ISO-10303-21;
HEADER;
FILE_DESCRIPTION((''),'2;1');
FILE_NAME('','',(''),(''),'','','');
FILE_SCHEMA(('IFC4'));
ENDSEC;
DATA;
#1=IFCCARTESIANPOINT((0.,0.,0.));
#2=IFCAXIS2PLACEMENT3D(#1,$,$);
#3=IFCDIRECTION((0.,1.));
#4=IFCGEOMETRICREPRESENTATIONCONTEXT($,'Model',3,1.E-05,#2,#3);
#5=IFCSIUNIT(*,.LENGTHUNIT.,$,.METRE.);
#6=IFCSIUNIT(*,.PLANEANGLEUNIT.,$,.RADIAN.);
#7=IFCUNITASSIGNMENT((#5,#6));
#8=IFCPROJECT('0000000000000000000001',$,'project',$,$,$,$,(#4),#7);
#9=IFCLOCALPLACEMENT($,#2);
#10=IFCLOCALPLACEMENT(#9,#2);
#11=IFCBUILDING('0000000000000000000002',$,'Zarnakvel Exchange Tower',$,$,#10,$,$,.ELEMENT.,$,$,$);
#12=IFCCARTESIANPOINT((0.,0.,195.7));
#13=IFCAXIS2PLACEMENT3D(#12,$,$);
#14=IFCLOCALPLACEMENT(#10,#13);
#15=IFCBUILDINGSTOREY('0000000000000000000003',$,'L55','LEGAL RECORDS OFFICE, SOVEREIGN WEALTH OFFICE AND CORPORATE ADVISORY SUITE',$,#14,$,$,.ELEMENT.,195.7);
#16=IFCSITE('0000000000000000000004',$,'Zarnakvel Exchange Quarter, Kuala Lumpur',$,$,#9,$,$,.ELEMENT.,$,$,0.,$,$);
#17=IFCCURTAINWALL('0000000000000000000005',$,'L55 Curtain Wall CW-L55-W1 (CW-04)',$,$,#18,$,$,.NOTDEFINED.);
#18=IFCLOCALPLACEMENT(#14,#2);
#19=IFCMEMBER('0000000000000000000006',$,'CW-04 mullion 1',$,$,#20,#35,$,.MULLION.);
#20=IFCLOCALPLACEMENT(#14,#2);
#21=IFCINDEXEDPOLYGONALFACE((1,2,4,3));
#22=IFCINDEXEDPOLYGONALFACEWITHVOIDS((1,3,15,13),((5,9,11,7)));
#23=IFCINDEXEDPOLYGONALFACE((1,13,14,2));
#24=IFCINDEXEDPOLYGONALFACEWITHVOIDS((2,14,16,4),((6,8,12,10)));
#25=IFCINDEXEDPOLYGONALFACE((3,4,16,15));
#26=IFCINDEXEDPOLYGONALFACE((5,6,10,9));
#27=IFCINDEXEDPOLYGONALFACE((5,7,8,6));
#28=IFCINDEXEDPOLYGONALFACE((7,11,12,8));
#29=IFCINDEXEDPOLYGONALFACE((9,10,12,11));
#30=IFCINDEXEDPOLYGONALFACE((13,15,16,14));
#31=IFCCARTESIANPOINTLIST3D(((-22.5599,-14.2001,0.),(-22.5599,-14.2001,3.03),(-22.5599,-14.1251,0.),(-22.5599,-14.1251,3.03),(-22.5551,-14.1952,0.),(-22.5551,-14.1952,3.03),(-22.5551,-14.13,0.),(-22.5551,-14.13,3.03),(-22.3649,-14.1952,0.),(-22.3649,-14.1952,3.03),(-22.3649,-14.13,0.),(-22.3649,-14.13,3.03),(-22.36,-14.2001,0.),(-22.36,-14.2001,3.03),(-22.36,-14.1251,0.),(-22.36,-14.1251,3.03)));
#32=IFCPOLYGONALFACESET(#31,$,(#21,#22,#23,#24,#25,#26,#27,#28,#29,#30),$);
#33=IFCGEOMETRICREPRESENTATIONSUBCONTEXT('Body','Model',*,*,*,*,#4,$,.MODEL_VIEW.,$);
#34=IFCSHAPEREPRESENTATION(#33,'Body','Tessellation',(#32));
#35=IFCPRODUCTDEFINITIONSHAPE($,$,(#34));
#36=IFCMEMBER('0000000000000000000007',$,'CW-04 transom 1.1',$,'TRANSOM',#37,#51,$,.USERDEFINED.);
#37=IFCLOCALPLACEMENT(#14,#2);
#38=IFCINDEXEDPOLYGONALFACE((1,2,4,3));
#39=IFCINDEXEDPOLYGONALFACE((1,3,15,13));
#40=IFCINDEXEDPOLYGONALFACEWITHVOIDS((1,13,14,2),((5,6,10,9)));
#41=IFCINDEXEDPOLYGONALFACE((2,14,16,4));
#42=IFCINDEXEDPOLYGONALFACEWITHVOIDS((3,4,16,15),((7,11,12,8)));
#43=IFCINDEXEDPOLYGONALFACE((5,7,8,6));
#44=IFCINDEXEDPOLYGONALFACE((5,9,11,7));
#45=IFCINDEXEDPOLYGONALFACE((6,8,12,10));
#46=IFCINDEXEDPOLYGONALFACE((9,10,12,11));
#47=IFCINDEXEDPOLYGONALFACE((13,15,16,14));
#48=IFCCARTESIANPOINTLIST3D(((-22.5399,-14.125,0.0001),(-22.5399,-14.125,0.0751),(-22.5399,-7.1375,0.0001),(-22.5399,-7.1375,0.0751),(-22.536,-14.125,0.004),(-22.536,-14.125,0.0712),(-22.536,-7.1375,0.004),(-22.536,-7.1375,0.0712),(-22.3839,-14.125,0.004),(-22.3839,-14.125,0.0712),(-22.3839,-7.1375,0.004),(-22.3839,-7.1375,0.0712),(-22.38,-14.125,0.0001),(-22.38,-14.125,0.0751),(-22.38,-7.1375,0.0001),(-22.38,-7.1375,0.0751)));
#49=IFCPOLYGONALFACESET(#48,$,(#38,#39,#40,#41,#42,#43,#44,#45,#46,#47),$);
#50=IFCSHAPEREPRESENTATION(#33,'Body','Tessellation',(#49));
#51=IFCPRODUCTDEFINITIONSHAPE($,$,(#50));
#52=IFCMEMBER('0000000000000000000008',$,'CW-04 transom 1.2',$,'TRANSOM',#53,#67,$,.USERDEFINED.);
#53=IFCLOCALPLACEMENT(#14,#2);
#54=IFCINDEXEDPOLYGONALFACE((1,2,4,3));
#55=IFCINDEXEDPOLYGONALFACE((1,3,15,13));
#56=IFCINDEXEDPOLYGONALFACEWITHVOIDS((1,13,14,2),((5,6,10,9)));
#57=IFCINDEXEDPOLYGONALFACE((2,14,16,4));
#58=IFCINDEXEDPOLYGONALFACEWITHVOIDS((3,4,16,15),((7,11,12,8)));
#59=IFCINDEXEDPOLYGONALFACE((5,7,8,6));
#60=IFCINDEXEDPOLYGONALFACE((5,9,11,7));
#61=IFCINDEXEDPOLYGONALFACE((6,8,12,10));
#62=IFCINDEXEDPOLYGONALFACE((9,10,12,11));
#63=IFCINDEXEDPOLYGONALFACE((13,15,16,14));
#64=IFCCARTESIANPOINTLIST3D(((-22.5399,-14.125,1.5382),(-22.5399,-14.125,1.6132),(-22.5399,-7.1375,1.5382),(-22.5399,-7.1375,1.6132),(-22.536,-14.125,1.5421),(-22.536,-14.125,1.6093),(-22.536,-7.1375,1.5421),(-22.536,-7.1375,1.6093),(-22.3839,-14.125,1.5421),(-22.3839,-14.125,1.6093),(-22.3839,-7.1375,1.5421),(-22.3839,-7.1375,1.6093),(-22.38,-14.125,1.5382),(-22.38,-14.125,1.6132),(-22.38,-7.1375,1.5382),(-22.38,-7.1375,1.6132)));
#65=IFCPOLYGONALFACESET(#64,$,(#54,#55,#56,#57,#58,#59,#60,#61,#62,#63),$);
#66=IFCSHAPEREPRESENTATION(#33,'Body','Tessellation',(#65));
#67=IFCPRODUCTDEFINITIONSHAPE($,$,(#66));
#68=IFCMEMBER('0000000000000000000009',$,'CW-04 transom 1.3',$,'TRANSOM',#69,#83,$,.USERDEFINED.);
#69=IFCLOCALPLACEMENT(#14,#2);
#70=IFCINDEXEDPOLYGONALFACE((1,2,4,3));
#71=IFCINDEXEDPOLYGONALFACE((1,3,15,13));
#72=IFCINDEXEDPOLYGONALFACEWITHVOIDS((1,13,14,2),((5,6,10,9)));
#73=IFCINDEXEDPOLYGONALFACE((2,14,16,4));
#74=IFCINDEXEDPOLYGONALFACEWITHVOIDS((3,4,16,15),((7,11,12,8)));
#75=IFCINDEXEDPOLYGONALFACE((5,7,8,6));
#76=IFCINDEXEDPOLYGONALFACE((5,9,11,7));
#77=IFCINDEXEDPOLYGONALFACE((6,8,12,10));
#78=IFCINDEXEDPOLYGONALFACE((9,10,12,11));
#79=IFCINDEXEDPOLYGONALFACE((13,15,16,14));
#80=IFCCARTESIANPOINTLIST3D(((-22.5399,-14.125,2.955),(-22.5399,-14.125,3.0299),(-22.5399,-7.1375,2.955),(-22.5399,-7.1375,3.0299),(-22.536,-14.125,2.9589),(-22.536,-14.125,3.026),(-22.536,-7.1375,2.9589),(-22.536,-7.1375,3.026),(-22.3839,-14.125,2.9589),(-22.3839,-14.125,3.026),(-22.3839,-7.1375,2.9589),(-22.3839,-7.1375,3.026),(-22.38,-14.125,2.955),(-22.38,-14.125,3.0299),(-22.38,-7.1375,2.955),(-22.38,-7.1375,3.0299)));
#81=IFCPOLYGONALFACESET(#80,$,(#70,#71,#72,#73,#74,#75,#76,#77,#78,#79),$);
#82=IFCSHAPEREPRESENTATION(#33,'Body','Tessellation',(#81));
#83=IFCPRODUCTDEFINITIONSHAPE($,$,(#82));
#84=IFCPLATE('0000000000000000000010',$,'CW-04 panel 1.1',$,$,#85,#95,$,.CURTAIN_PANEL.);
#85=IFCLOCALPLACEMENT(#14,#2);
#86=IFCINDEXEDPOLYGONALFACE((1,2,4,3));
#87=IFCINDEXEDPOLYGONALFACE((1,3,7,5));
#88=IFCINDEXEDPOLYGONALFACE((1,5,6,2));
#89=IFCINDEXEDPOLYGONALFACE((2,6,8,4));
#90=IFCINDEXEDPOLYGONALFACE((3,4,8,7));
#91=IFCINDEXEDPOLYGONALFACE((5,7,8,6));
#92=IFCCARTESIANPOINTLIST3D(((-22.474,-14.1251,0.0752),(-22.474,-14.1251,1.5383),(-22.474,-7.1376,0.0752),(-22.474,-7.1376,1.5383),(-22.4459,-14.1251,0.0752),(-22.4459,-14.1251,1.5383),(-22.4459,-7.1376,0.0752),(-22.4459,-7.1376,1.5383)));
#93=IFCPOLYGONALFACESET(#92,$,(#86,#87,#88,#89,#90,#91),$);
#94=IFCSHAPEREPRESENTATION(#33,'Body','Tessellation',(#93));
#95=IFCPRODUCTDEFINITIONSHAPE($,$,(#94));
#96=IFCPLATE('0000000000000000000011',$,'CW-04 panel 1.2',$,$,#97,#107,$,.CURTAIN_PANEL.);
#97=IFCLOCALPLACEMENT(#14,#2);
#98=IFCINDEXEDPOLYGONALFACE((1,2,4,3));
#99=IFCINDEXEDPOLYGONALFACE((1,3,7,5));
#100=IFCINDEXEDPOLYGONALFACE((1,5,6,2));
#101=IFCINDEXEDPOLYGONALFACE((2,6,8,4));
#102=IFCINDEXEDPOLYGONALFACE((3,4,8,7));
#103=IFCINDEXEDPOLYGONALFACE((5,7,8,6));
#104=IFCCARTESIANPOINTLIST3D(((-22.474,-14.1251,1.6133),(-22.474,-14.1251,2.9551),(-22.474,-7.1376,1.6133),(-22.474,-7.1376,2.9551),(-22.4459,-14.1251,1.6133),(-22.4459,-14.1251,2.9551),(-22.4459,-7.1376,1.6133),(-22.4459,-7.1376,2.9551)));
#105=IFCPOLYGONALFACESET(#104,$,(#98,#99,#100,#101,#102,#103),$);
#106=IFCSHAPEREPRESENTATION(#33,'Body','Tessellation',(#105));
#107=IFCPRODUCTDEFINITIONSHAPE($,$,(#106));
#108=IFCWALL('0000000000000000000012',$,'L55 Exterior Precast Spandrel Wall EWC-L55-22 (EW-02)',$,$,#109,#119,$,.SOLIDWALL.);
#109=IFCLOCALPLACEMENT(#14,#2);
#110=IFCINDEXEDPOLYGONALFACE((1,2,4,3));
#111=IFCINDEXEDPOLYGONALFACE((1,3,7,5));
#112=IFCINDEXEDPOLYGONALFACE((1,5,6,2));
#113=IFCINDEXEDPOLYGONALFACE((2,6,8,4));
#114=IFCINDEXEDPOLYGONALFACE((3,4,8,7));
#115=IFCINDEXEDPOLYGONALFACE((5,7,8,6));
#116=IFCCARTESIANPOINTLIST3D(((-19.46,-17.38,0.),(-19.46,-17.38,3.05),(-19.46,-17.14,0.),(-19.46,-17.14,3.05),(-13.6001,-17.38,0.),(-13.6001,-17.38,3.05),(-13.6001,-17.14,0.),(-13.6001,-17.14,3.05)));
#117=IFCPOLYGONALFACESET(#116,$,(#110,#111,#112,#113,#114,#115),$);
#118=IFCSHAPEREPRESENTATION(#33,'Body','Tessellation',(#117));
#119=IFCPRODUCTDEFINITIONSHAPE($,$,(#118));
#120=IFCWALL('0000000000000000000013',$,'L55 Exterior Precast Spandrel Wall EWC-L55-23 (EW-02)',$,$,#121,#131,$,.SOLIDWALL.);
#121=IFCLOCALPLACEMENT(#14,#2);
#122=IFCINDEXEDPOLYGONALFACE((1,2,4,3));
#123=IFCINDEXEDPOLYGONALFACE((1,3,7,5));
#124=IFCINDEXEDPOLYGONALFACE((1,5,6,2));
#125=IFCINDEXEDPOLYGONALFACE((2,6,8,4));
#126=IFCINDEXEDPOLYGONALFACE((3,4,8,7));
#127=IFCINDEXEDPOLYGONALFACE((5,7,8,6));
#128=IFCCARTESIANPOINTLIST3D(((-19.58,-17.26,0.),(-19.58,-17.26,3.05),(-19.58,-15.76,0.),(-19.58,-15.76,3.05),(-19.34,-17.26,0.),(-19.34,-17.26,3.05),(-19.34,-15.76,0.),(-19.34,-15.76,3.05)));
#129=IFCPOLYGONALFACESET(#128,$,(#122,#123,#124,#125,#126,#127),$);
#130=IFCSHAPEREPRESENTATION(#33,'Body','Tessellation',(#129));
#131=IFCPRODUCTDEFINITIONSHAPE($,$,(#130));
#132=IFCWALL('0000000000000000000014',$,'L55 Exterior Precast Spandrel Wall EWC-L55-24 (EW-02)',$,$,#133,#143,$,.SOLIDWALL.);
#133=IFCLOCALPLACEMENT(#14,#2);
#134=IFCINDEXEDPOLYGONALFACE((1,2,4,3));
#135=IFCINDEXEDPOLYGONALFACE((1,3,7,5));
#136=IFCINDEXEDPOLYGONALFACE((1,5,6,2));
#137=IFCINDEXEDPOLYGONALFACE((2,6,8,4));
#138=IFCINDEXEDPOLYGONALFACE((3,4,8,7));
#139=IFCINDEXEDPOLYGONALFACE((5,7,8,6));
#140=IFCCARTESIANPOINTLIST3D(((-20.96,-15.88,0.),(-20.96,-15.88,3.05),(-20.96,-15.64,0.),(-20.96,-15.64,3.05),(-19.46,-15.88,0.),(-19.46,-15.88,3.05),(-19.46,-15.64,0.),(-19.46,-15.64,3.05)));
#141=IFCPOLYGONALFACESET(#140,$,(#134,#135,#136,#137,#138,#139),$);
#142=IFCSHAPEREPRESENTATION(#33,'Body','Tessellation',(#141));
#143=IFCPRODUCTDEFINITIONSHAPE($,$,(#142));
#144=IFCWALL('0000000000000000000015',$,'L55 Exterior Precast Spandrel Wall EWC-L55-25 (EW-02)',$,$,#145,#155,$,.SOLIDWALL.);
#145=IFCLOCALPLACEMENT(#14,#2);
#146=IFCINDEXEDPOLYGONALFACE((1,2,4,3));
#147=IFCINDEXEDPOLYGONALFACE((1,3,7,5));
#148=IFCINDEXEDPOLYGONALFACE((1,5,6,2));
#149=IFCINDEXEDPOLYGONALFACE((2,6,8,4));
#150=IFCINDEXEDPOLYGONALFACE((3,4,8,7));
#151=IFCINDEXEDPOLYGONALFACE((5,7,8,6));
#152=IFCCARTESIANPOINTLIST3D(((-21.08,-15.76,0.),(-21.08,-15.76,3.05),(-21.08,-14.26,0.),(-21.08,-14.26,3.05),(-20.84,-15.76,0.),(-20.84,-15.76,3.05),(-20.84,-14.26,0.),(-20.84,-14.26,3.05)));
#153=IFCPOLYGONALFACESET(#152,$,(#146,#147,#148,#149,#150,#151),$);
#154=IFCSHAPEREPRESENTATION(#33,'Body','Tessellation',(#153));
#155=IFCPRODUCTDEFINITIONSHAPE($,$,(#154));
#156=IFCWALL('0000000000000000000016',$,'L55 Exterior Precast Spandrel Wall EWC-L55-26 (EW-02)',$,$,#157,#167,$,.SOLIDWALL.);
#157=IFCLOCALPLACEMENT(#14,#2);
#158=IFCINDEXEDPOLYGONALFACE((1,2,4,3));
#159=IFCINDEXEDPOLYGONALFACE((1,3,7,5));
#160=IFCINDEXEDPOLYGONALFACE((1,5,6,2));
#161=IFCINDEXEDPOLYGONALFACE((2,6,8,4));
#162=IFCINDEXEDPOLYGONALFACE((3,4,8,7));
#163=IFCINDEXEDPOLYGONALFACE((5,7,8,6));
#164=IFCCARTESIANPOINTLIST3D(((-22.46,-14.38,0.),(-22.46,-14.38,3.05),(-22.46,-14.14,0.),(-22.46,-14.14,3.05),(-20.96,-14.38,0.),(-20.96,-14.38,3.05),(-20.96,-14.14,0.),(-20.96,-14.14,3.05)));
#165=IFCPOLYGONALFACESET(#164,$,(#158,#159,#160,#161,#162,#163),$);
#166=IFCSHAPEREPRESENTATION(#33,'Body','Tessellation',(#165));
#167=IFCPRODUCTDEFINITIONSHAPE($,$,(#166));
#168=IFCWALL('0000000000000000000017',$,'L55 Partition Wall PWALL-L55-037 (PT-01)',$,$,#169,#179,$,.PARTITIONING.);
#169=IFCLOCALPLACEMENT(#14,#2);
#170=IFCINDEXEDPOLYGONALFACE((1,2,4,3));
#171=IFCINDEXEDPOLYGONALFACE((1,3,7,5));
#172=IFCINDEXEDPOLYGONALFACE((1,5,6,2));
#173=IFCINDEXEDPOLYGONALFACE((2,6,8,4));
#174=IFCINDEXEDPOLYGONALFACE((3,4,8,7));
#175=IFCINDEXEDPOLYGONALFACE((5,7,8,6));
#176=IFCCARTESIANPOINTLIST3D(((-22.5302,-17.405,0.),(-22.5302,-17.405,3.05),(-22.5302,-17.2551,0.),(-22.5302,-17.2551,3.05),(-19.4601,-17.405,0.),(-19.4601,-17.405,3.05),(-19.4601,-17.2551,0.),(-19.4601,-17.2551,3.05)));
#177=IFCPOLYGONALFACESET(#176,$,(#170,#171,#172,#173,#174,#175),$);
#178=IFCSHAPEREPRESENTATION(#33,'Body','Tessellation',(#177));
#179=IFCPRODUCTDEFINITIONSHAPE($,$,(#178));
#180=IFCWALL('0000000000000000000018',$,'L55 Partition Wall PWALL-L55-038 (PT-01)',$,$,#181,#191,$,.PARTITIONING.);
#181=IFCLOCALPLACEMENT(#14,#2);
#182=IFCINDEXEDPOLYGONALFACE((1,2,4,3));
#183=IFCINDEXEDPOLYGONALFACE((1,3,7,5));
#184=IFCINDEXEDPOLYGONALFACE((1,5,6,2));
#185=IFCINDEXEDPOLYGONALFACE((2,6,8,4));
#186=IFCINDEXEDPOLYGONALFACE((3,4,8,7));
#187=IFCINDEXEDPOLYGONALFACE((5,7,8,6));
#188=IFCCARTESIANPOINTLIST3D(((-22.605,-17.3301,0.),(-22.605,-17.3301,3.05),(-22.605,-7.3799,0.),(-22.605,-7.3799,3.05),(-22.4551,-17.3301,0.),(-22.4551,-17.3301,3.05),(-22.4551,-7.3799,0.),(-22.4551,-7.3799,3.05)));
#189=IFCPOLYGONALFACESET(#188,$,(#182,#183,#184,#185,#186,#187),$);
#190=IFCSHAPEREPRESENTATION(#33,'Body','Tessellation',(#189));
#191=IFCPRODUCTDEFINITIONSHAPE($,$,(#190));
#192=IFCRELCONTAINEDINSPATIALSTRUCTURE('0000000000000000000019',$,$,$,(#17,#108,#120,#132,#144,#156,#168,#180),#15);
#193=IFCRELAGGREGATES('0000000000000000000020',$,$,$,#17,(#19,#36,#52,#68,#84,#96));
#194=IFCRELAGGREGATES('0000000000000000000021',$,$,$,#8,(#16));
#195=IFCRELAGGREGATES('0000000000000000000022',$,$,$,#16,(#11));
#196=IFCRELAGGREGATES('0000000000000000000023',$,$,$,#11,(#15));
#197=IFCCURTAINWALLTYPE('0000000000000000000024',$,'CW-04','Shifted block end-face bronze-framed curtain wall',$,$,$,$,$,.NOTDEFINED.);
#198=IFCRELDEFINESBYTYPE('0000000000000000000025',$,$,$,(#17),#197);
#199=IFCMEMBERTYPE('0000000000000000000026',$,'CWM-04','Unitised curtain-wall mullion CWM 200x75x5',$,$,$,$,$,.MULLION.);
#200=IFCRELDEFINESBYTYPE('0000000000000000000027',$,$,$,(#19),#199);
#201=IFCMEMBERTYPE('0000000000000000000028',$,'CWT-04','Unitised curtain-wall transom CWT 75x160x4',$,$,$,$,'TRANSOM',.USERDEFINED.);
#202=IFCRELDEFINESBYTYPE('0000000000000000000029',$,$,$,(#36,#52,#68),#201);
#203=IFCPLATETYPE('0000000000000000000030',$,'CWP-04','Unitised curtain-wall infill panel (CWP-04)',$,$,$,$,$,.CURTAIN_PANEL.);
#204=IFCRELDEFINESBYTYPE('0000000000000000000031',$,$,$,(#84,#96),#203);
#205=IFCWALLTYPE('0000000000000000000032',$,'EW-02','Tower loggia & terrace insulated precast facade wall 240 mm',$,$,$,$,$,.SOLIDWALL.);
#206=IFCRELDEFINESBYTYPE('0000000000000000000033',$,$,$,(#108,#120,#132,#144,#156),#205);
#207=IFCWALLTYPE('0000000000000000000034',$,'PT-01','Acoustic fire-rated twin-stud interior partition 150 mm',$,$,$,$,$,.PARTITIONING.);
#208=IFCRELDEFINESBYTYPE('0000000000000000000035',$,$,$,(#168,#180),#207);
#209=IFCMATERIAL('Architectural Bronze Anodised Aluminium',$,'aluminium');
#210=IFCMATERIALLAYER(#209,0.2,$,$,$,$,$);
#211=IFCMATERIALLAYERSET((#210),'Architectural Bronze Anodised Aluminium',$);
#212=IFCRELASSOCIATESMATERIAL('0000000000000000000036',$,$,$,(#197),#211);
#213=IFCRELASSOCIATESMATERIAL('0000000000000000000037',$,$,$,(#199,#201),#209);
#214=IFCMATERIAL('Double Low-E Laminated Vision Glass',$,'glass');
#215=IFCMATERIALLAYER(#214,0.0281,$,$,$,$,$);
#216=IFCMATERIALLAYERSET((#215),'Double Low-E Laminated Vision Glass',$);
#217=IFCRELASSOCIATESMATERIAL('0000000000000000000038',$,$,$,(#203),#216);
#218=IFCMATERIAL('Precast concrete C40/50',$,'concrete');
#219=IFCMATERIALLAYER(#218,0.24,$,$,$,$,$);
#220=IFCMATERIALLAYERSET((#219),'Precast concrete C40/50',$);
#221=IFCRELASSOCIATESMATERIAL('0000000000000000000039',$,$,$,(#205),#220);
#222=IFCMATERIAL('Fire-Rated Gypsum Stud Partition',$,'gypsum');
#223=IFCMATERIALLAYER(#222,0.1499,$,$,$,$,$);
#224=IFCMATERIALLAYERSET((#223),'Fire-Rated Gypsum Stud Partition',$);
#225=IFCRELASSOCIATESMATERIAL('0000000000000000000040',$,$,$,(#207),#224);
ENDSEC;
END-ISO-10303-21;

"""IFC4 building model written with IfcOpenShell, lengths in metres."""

from ifc_helpers import new_model, si_unit, direction, frame, frame_2d, origin, origin_2d, place, context, subcontext, project, spatial, rectangle, hollow_rectangle, extrude, source, transform, mapped, material, layer, layer_set, material_profile, profile_set, type_object, element, aggregate, save


model = new_model("IFC4")

# Units and contexts
model_context = context("Model", 3, precision=1e-05, world=origin(), true_north=direction((0.0, 1.0)))
body_context = subcontext(model_context, "Body", "Model", "MODEL_VIEW")
ifc_project = project(units=[si_unit("LENGTHUNIT", "METRE"), si_unit("PLANEANGLEUNIT", "RADIAN")], contexts=[model_context])

# Site, building, storey
site_placement = place(None, origin())
site = spatial("IfcSite", under=ifc_project, at=site_placement, Name="Zarnakvel Exchange Quarter, Kuala Lumpur", CompositionType="ELEMENT", RefElevation=0.0)
building_placement = place(site_placement, origin())
building = spatial("IfcBuilding", under=site, at=building_placement, Name="Zarnakvel Exchange Tower", CompositionType="ELEMENT")
storey_placement = place(building_placement, frame((0.0, 0.0, 195.7)))
storey = spatial("IfcBuildingStorey", under=building, at=storey_placement, Name="L55", Description="LEGAL RECORDS OFFICE, SOVEREIGN WEALTH OFFICE AND CORPORATE ADVISORY SUITE", CompositionType="ELEMENT", Elevation=195.7)

# Curtain wall, members, plates
ifc_material_1 = material(Name="Architectural Bronze Anodised Aluminium", Category="aluminium")
ifc_layer_1 = layer(ifc_material_1, 0.2)
ifc_layer_set_1 = layer_set([ifc_layer_1], Name="Architectural Bronze Anodised Aluminium")
curtain_wall_type = type_object("IfcCurtainWallType", Name="CW-04", Description="Shifted block end-face bronze-framed curtain wall", PredefinedType="NOTDEFINED", material=ifc_layer_set_1)
curtain_wall_placement = place(storey_placement, origin())
curtain_wall = element("IfcCurtainWall", 1, at=curtain_wall_placement, inside=storey, type_object=curtain_wall_type, Name="L55 Curtain Wall CW-L55-W1 (CW-04)", PredefinedType="NOTDEFINED")
ifc_material_profile_1 = material_profile(ifc_material_1, hollow_rectangle(XDim=0.2, YDim=0.075, WallThickness=0.0049, at=origin_2d()))
ifc_profile_set_1 = profile_set([ifc_material_profile_1], Name="Architectural Bronze Anodised Aluminium")
member_type_1 = type_object("IfcMemberType", Name="CWM-04", Description="Unitised curtain-wall mullion CWM 200x75x5", PredefinedType="MULLION", material=ifc_profile_set_1)
shared_shape_1 = source(origin(), body_context, "Body", "SweptSolid", [
    extrude(hollow_rectangle(XDim=0.2, YDim=0.075, WallThickness=0.0049, at=origin_2d()), origin(), (0.0, 0.0, 1.0), 3.03),
])
member_1_placement = place(storey_placement, frame((-22.46, -14.1626, 0.0), z_axis=(0.0, 0.0, 1.0), x_axis=(-1.0, 0.0, 0.0)))
member_1 = element("IfcMember", 2, at=member_1_placement, type_object=member_type_1, Name="CW-04 mullion 1", PredefinedType="MULLION", context=body_context, shape_type="MappedRepresentation", body=[
    mapped(shared_shape_1, transform((0.0, 0.0, 0.0), x_axis=(1.0, 0.0, 0.0), y_axis=(0.0, 1.0, 0.0), z_axis=(0.0, 0.0, 1.0), scale=1.0)),
])
ifc_material_profile_2 = material_profile(ifc_material_1, hollow_rectangle(XDim=0.1599, YDim=0.075, WallThickness=0.0039, at=origin_2d()))
ifc_profile_set_2 = profile_set([ifc_material_profile_2], Name="Architectural Bronze Anodised Aluminium")
member_type_2 = type_object("IfcMemberType", Name="CWT-04", Description="Unitised curtain-wall transom CWT 75x160x4", ElementType="TRANSOM", PredefinedType="USERDEFINED", material=ifc_profile_set_2)
shared_shape_2 = source(origin(), body_context, "Body", "SweptSolid", [
    extrude(hollow_rectangle(XDim=0.1599, YDim=0.075, WallThickness=0.0039, at=origin_2d()), origin(), (0.0, 0.0, 1.0), 6.9875),
])
member_2_placement = place(storey_placement, frame((-22.46, -14.125, 0.0376), z_axis=(0.0, 1.0, 0.0), x_axis=(-1.0, 0.0, 0.0)))
member_2 = element("IfcMember", 3, at=member_2_placement, type_object=member_type_2, Name="CW-04 transom 1.1", ObjectType="TRANSOM", PredefinedType="USERDEFINED", context=body_context, shape_type="MappedRepresentation", body=[
    mapped(shared_shape_2, transform((0.0, 0.0, 0.0), x_axis=(1.0, 0.0, 0.0), y_axis=(0.0, 1.0, 0.0), z_axis=(0.0, 0.0, 1.0), scale=1.0)),
])
member_3_placement = place(storey_placement, frame((-22.46, -14.125, 1.5757), z_axis=(0.0, 1.0, 0.0), x_axis=(-1.0, 0.0, 0.0)))
member_3 = element("IfcMember", 4, at=member_3_placement, type_object=member_type_2, Name="CW-04 transom 1.2", ObjectType="TRANSOM", PredefinedType="USERDEFINED", context=body_context, shape_type="MappedRepresentation", body=[
    mapped(shared_shape_2, transform((0.0, 0.0, 0.0), x_axis=(1.0, 0.0, 0.0), y_axis=(0.0, 1.0, 0.0), z_axis=(0.0, 0.0, 1.0), scale=1.0)),
])
member_4_placement = place(storey_placement, frame((-22.46, -14.125, 2.9924), z_axis=(0.0, 1.0, 0.0), x_axis=(-1.0, 0.0, 0.0)))
member_4 = element("IfcMember", 5, at=member_4_placement, type_object=member_type_2, Name="CW-04 transom 1.3", ObjectType="TRANSOM", PredefinedType="USERDEFINED", context=body_context, shape_type="MappedRepresentation", body=[
    mapped(shared_shape_2, transform((0.0, 0.0, 0.0), x_axis=(1.0, 0.0, 0.0), y_axis=(0.0, 1.0, 0.0), z_axis=(0.0, 0.0, 1.0), scale=1.0)),
])
ifc_material_2 = material(Name="Double Low-E Laminated Vision Glass", Category="glass")
ifc_layer_2 = layer(ifc_material_2, 0.0281)
ifc_layer_set_2 = layer_set([ifc_layer_2], Name="Double Low-E Laminated Vision Glass")
plate_type = type_object("IfcPlateType", Name="CWP-04", Description="Unitised curtain-wall infill panel (CWP-04)", PredefinedType="CURTAIN_PANEL", material=ifc_layer_set_2)
shared_shape_3 = source(origin(), body_context, "Body", "SweptSolid", [
    extrude(rectangle(XDim=6.9875, YDim=0.0281, at=origin_2d()), origin(), (0.0, 0.0, 1.0), 1.4631),
])
plate_1_placement = place(storey_placement, frame((-22.46, -10.6313, 0.0752), z_axis=(0.0, 0.0, 1.0), x_axis=(0.0, 1.0, 0.0)))
plate_1 = element("IfcPlate", 6, at=plate_1_placement, type_object=plate_type, Name="CW-04 panel 1.1", PredefinedType="CURTAIN_PANEL", context=body_context, shape_type="MappedRepresentation", body=[
    mapped(shared_shape_3, transform((0.0, 0.0, 0.0), x_axis=(1.0, 0.0, 0.0), y_axis=(0.0, 1.0, 0.0), z_axis=(0.0, 0.0, 1.0), scale=1.0)),
])
shared_shape_4 = source(origin(), body_context, "Body", "SweptSolid", [
    extrude(rectangle(XDim=6.9875, YDim=0.0281, at=origin_2d()), origin(), (0.0, 0.0, 1.0), 1.3418),
])
plate_2_placement = place(storey_placement, frame((-22.46, -10.6313, 1.6133), z_axis=(0.0, 0.0, 1.0), x_axis=(0.0, 1.0, 0.0)))
plate_2 = element("IfcPlate", 7, at=plate_2_placement, type_object=plate_type, Name="CW-04 panel 1.2", PredefinedType="CURTAIN_PANEL", context=body_context, shape_type="MappedRepresentation", body=[
    mapped(shared_shape_4, transform((0.0, 0.0, 0.0), x_axis=(1.0, 0.0, 0.0), y_axis=(0.0, 1.0, 0.0), z_axis=(0.0, 0.0, 1.0), scale=1.0)),
])
aggregate(curtain_wall, [member_1, member_2, member_3, member_4, plate_1, plate_2])

# Walls
ifc_material_3 = material(Name="Precast concrete C40/50", Category="concrete")
ifc_layer_3 = layer(ifc_material_3, 0.24)
ifc_layer_set_3 = layer_set([ifc_layer_3], Name="Precast concrete C40/50")
wall_type_1 = type_object("IfcWallType", Name="EW-02", Description="Tower loggia & terrace insulated precast facade wall 240 mm", PredefinedType="SOLIDWALL", material=ifc_layer_set_3)
wall_1_placement = place(storey_placement, frame((-19.46, -17.26, 0.0), z_axis=(0.0, 0.0, 1.0), x_axis=(1.0, 0.0, 0.0)))
element("IfcWall", 8, at=wall_1_placement, inside=storey, type_object=wall_type_1, Name="L55 Exterior Precast Spandrel Wall EWC-L55-22 (EW-02)", PredefinedType="SOLIDWALL", context=body_context, shape_type="SweptSolid", body=[
    extrude(rectangle(XDim=5.8599, YDim=0.24, at=frame_2d((2.9299, 0.0))), origin(), (0.0, 0.0, 1.0), 3.05),
])
for number, where, z_axis, x_axis, name in (
    (9, (-19.46, -15.76, 0.0), (0.0, 0.0, 1.0), (0.0, -1.0, 0.0), "L55 Exterior Precast Spandrel Wall EWC-L55-23 (EW-02)"),
    (10, (-20.96, -15.76, 0.0), (0.0, 0.0, 1.0), (1.0, 0.0, 0.0), "L55 Exterior Precast Spandrel Wall EWC-L55-24 (EW-02)"),
    (11, (-20.96, -14.26, 0.0), (0.0, 0.0, 1.0), (0.0, -1.0, 0.0), "L55 Exterior Precast Spandrel Wall EWC-L55-25 (EW-02)"),
    (12, (-22.46, -14.26, 0.0), (0.0, 0.0, 1.0), (1.0, 0.0, 0.0), "L55 Exterior Precast Spandrel Wall EWC-L55-26 (EW-02)"),
):
    element("IfcWall", number, at=place(storey_placement, frame(where, z_axis=z_axis, x_axis=x_axis)), inside=storey, type_object=wall_type_1, Name=name, PredefinedType="SOLIDWALL", context=body_context, shape_type="SweptSolid", body=[
        extrude(rectangle(XDim=1.5, YDim=0.24, at=frame_2d((0.75, 0.0))), origin(), (0.0, 0.0, 1.0), 3.05),
    ])
ifc_material_4 = material(Name="Fire-Rated Gypsum Stud Partition", Category="gypsum")
ifc_layer_4 = layer(ifc_material_4, 0.1499)
ifc_layer_set_4 = layer_set([ifc_layer_4], Name="Fire-Rated Gypsum Stud Partition")
wall_type_2 = type_object("IfcWallType", Name="PT-01", Description="Acoustic fire-rated twin-stud interior partition 150 mm", PredefinedType="PARTITIONING", material=ifc_layer_set_4)
wall_2_placement = place(storey_placement, frame((-19.46, -17.3301, 0.0), z_axis=(0.0, 0.0, 1.0), x_axis=(-1.0, 0.0, 0.0)))
element("IfcWall", 13, at=wall_2_placement, inside=storey, type_object=wall_type_2, Name="L55 Partition Wall PWALL-L55-037 (PT-01)", PredefinedType="PARTITIONING", context=body_context, shape_type="SweptSolid", body=[
    extrude(rectangle(XDim=3.0701, YDim=0.1499, at=frame_2d((1.5352, 0.0))), origin(), (0.0, 0.0, 1.0), 3.05),
])
wall_3_placement = place(storey_placement, frame((-22.53, -17.3301, 0.0), z_axis=(0.0, 0.0, 1.0), x_axis=(0.0, 1.0, 0.0)))
element("IfcWall", 14, at=wall_3_placement, inside=storey, type_object=wall_type_2, Name="L55 Partition Wall PWALL-L55-038 (PT-01)", PredefinedType="PARTITIONING", context=body_context, shape_type="SweptSolid", body=[
    extrude(rectangle(XDim=9.9502, YDim=0.1499, at=frame_2d((4.9751, 0.0))), origin(), (0.0, 0.0, 1.0), 3.05),
])

save(model, "model.ifc")
